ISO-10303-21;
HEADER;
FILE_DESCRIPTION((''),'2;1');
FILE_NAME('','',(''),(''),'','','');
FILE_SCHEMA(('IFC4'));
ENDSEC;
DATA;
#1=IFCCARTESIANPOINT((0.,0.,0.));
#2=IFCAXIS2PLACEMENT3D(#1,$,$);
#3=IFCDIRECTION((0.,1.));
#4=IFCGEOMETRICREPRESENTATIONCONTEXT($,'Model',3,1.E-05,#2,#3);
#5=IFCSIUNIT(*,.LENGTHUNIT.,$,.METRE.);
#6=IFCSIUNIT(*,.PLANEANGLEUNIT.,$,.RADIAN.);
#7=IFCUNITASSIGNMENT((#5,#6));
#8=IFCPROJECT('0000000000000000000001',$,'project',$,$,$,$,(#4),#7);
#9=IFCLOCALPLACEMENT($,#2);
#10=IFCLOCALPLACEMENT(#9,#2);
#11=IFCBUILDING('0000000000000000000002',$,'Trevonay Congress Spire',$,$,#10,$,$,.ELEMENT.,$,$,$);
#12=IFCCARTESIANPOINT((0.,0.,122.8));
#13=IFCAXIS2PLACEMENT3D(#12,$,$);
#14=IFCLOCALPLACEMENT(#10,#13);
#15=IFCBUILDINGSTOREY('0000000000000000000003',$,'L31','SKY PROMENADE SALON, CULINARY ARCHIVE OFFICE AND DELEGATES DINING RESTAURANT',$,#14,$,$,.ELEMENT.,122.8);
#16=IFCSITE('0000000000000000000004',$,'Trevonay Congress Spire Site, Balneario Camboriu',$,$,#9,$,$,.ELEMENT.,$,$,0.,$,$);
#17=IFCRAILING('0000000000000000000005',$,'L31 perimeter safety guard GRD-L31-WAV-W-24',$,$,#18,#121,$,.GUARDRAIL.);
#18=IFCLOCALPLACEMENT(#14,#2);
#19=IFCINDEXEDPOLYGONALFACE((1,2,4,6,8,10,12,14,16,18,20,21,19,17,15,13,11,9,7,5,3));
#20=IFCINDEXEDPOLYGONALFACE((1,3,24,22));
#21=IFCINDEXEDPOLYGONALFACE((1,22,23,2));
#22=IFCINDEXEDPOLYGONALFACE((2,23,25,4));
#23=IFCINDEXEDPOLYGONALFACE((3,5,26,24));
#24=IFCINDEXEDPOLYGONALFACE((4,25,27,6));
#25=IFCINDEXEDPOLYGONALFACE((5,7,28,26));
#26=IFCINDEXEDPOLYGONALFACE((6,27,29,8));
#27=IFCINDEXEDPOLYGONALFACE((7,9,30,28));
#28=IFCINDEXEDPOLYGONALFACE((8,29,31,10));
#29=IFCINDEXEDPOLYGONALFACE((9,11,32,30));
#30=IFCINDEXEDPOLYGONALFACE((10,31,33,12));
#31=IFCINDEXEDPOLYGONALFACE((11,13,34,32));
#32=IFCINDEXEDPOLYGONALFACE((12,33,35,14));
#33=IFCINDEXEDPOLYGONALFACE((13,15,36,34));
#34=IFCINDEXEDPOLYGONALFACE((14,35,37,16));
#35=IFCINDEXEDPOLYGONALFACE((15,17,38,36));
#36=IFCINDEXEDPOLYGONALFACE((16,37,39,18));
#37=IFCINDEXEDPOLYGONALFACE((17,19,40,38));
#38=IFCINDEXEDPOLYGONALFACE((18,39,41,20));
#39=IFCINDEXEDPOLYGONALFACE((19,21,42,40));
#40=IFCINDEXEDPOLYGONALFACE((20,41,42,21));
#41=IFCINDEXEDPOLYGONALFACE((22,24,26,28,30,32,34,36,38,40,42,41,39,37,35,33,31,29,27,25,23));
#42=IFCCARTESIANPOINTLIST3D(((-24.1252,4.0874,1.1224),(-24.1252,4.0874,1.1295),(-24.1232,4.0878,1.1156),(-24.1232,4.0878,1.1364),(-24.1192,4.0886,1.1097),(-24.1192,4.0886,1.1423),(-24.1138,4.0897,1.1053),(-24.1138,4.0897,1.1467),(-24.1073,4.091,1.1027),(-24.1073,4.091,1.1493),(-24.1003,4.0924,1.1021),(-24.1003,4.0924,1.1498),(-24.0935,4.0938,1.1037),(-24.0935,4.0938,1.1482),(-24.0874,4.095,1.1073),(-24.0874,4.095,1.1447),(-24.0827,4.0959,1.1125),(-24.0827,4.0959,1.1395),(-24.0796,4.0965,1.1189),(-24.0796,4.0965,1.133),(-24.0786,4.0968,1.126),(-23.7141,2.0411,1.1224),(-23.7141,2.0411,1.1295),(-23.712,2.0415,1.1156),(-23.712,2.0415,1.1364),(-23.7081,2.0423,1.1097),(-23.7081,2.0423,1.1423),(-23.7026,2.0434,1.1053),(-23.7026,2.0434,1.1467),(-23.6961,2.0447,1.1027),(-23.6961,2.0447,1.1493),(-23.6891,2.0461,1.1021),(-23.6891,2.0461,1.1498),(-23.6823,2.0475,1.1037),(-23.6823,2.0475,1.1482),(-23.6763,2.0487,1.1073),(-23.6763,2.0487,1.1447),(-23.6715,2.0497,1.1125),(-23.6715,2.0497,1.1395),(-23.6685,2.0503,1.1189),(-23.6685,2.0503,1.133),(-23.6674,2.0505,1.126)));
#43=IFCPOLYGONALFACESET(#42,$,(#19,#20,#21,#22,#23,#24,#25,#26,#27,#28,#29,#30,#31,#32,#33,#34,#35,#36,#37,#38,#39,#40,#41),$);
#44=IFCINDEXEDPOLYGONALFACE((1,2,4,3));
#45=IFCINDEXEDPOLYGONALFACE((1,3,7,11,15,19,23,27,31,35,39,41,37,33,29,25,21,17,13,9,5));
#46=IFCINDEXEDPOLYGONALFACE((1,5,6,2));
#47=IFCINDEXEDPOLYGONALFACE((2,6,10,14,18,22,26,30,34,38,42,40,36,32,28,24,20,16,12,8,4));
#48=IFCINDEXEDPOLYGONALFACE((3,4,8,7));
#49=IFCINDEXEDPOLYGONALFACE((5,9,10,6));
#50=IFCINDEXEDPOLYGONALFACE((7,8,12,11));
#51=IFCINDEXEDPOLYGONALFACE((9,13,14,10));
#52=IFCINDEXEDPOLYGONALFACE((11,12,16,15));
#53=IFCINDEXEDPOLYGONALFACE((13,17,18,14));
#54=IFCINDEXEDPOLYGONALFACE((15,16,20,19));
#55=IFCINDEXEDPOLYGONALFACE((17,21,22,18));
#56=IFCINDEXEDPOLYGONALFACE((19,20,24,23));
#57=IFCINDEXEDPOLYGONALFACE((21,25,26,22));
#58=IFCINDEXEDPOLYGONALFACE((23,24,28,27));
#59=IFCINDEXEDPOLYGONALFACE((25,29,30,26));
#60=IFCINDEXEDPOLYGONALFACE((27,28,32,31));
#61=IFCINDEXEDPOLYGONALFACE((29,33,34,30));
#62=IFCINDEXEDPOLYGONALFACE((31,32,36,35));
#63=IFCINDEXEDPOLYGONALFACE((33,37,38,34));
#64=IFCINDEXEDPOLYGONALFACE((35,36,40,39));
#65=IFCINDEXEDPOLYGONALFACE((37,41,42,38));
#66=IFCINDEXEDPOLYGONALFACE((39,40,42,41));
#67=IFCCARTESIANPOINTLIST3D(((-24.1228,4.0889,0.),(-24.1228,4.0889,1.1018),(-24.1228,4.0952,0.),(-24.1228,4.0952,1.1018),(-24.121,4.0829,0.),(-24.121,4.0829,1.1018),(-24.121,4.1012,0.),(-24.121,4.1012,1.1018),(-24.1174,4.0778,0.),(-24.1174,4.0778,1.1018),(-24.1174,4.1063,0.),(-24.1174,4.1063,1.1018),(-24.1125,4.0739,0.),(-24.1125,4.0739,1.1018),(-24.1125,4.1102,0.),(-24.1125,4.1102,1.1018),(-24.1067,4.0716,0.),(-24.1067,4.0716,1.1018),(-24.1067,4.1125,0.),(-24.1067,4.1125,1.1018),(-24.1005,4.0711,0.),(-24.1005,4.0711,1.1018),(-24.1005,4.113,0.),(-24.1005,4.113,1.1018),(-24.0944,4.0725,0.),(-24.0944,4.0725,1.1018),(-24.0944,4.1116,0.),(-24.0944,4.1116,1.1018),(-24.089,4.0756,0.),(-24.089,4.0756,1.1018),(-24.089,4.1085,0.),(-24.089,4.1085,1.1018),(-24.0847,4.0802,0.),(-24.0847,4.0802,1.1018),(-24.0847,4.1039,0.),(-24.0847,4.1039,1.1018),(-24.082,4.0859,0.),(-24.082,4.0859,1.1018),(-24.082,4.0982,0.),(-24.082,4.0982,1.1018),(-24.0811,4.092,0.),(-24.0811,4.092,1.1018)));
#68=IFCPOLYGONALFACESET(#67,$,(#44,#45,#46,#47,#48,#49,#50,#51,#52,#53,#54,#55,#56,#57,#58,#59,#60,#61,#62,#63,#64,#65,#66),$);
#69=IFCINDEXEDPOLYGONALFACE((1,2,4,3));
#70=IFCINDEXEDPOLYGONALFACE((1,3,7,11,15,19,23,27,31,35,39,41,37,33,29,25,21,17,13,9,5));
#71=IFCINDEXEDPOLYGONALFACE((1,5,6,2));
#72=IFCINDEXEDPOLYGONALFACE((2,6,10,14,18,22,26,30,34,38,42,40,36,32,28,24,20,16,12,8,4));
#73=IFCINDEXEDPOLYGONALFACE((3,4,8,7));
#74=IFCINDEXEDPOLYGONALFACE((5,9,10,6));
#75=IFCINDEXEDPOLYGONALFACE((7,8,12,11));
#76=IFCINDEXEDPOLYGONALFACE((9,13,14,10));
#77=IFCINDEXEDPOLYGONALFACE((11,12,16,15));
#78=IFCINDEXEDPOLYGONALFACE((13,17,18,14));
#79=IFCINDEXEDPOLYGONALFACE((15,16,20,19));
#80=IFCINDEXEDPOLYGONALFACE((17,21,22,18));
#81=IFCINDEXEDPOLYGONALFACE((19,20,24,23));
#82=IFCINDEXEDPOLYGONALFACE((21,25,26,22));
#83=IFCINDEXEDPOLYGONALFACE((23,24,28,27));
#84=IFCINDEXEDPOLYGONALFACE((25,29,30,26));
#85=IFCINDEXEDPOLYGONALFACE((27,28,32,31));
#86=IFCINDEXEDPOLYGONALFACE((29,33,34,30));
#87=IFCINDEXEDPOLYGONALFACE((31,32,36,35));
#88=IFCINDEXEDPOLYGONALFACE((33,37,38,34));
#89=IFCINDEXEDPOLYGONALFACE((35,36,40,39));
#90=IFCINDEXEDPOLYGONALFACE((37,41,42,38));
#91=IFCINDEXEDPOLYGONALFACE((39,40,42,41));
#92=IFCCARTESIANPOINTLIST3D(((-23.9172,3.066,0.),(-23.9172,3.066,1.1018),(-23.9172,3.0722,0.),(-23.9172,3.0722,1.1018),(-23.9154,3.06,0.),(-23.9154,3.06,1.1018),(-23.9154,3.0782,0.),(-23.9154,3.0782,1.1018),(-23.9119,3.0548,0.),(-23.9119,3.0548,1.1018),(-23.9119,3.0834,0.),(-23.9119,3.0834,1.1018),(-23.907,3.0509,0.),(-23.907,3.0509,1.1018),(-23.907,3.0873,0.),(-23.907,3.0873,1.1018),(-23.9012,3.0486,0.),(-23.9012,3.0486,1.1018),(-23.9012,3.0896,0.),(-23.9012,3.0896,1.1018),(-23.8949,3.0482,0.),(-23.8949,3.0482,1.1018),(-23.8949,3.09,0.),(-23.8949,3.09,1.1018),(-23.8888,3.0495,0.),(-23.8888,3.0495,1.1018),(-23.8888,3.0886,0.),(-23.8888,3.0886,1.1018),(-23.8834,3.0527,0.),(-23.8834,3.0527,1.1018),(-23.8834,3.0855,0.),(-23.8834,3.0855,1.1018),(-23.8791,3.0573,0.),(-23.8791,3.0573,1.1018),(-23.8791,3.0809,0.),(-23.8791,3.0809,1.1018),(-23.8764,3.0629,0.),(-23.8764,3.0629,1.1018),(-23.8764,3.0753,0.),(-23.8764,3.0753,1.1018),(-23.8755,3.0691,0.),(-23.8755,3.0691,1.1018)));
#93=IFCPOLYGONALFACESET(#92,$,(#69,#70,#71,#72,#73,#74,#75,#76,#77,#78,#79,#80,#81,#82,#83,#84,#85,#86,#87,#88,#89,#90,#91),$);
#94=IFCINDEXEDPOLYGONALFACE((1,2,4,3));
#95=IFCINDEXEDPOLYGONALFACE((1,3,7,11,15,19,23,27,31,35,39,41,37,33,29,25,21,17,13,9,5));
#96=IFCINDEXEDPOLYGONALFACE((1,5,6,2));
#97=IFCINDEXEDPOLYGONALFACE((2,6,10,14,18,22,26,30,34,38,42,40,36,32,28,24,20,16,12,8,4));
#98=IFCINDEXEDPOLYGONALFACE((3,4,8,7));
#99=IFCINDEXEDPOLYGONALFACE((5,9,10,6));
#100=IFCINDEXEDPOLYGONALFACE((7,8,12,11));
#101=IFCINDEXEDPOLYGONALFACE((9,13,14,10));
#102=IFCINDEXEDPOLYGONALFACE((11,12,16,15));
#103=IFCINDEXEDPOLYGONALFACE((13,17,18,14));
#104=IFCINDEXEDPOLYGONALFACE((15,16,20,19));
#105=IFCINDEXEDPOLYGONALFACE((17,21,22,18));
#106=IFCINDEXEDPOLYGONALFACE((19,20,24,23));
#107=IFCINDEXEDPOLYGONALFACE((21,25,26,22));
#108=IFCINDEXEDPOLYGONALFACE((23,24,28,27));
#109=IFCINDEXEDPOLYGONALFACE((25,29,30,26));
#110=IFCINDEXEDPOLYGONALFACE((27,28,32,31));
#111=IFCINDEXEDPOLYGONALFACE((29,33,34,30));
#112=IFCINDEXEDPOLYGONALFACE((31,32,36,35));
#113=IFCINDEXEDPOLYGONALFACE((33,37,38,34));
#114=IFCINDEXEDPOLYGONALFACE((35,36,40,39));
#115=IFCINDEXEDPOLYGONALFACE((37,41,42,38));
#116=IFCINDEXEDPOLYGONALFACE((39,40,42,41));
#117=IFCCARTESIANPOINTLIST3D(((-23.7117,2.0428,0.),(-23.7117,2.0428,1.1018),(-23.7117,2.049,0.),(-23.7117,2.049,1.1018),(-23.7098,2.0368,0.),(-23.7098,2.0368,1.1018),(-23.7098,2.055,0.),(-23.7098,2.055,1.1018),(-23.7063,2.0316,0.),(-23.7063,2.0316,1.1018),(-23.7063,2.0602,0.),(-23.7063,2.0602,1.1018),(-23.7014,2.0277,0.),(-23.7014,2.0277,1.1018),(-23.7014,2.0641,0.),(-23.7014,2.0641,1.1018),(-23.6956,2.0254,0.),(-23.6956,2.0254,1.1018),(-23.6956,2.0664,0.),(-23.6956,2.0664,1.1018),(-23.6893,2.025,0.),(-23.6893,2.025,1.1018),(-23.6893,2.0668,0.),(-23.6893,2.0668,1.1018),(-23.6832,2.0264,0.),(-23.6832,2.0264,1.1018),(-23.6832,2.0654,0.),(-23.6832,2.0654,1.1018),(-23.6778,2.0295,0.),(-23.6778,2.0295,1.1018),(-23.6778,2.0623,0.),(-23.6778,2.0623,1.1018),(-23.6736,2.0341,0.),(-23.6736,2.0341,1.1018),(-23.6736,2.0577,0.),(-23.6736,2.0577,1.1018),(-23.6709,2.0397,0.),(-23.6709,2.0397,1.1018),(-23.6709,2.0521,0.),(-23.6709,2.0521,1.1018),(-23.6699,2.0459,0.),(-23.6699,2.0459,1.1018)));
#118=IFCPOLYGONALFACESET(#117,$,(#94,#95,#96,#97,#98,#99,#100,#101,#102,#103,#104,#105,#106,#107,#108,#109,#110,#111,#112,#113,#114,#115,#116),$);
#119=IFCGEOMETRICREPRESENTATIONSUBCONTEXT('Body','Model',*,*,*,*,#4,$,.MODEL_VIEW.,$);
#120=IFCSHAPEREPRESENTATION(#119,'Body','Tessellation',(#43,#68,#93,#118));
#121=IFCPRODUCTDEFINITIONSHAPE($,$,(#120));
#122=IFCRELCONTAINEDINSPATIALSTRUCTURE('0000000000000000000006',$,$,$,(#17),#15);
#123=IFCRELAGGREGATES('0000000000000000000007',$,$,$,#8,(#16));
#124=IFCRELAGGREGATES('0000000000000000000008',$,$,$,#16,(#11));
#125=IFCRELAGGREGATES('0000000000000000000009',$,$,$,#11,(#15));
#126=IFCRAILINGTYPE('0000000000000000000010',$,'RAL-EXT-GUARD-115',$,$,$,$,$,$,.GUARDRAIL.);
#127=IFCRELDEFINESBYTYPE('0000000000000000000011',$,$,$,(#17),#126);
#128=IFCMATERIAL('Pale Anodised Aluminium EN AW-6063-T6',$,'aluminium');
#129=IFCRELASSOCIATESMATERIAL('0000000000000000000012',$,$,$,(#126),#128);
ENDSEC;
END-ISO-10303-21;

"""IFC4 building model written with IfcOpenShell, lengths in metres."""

from ifc_helpers import new_model, si_unit, direction, frame, origin, origin_2d, place, context, subcontext, project, spatial, circle, extrude, material, type_object, element, save


model = new_model("IFC4")

# Units and contexts
model_context = context("Model", 3, precision=1e-05, world=origin(), true_north=direction((0.0, 1.0)))
body_context = subcontext(model_context, "Body", "Model", "MODEL_VIEW")
ifc_project = project(units=[si_unit("LENGTHUNIT", "METRE"), si_unit("PLANEANGLEUNIT", "RADIAN")], contexts=[model_context])

# Site, building, storey
site_placement = place(None, origin())
site = spatial("IfcSite", under=ifc_project, at=site_placement, Name="Trevonay Congress Spire Site, Balneario Camboriu", CompositionType="ELEMENT", RefElevation=0.0)
building_placement = place(site_placement, origin())
building = spatial("IfcBuilding", under=site, at=building_placement, Name="Trevonay Congress Spire", CompositionType="ELEMENT")
storey_placement = place(building_placement, frame((0.0, 0.0, 122.8)))
storey = spatial("IfcBuildingStorey", under=building, at=storey_placement, Name="L31", Description="SKY PROMENADE SALON, CULINARY ARCHIVE OFFICE AND DELEGATES DINING RESTAURANT", CompositionType="ELEMENT", Elevation=122.8)

# Shared definitions
ifc_material_1 = material(Name="Pale Anodised Aluminium EN AW-6063-T6", Category="aluminium")

# Railing
railing_type = type_object("IfcRailingType", Name="RAL-EXT-GUARD-115", PredefinedType="GUARDRAIL", material=ifc_material_1)
railing_1_placement = place(storey_placement, frame((-24.1021, 4.092, 0.0)))
element("IfcRailing", 1, at=railing_1_placement, inside=storey, type_object=railing_type, Name="L31 perimeter safety guard GRD-L31-WAV-W-24", PredefinedType="GUARDRAIL", context=body_context, shape_type="SweptSolid", body=[
    extrude(circle(Radius=0.0239, at=origin_2d()), frame((0.0, 0.0, 1.126), z_axis=(0.196993, -0.980405, 0.0), x_axis=(0.980405, 0.196993, 0.0)), (0.0, 0.0, 1.0), 2.0872),
    extrude(circle(Radius=0.021, at=origin_2d()), origin(), (0.0, 0.0, 1.0), 1.1018),
    extrude(circle(Radius=0.021, at=origin_2d()), frame((0.2056, -1.0229, 0.0)), (0.0, 0.0, 1.0), 1.1018),
    extrude(circle(Radius=0.021, at=origin_2d()), frame((0.4111, -2.0461, 0.0)), (0.0, 0.0, 1.0), 1.1018),
])

save(model, "model.ifc")
